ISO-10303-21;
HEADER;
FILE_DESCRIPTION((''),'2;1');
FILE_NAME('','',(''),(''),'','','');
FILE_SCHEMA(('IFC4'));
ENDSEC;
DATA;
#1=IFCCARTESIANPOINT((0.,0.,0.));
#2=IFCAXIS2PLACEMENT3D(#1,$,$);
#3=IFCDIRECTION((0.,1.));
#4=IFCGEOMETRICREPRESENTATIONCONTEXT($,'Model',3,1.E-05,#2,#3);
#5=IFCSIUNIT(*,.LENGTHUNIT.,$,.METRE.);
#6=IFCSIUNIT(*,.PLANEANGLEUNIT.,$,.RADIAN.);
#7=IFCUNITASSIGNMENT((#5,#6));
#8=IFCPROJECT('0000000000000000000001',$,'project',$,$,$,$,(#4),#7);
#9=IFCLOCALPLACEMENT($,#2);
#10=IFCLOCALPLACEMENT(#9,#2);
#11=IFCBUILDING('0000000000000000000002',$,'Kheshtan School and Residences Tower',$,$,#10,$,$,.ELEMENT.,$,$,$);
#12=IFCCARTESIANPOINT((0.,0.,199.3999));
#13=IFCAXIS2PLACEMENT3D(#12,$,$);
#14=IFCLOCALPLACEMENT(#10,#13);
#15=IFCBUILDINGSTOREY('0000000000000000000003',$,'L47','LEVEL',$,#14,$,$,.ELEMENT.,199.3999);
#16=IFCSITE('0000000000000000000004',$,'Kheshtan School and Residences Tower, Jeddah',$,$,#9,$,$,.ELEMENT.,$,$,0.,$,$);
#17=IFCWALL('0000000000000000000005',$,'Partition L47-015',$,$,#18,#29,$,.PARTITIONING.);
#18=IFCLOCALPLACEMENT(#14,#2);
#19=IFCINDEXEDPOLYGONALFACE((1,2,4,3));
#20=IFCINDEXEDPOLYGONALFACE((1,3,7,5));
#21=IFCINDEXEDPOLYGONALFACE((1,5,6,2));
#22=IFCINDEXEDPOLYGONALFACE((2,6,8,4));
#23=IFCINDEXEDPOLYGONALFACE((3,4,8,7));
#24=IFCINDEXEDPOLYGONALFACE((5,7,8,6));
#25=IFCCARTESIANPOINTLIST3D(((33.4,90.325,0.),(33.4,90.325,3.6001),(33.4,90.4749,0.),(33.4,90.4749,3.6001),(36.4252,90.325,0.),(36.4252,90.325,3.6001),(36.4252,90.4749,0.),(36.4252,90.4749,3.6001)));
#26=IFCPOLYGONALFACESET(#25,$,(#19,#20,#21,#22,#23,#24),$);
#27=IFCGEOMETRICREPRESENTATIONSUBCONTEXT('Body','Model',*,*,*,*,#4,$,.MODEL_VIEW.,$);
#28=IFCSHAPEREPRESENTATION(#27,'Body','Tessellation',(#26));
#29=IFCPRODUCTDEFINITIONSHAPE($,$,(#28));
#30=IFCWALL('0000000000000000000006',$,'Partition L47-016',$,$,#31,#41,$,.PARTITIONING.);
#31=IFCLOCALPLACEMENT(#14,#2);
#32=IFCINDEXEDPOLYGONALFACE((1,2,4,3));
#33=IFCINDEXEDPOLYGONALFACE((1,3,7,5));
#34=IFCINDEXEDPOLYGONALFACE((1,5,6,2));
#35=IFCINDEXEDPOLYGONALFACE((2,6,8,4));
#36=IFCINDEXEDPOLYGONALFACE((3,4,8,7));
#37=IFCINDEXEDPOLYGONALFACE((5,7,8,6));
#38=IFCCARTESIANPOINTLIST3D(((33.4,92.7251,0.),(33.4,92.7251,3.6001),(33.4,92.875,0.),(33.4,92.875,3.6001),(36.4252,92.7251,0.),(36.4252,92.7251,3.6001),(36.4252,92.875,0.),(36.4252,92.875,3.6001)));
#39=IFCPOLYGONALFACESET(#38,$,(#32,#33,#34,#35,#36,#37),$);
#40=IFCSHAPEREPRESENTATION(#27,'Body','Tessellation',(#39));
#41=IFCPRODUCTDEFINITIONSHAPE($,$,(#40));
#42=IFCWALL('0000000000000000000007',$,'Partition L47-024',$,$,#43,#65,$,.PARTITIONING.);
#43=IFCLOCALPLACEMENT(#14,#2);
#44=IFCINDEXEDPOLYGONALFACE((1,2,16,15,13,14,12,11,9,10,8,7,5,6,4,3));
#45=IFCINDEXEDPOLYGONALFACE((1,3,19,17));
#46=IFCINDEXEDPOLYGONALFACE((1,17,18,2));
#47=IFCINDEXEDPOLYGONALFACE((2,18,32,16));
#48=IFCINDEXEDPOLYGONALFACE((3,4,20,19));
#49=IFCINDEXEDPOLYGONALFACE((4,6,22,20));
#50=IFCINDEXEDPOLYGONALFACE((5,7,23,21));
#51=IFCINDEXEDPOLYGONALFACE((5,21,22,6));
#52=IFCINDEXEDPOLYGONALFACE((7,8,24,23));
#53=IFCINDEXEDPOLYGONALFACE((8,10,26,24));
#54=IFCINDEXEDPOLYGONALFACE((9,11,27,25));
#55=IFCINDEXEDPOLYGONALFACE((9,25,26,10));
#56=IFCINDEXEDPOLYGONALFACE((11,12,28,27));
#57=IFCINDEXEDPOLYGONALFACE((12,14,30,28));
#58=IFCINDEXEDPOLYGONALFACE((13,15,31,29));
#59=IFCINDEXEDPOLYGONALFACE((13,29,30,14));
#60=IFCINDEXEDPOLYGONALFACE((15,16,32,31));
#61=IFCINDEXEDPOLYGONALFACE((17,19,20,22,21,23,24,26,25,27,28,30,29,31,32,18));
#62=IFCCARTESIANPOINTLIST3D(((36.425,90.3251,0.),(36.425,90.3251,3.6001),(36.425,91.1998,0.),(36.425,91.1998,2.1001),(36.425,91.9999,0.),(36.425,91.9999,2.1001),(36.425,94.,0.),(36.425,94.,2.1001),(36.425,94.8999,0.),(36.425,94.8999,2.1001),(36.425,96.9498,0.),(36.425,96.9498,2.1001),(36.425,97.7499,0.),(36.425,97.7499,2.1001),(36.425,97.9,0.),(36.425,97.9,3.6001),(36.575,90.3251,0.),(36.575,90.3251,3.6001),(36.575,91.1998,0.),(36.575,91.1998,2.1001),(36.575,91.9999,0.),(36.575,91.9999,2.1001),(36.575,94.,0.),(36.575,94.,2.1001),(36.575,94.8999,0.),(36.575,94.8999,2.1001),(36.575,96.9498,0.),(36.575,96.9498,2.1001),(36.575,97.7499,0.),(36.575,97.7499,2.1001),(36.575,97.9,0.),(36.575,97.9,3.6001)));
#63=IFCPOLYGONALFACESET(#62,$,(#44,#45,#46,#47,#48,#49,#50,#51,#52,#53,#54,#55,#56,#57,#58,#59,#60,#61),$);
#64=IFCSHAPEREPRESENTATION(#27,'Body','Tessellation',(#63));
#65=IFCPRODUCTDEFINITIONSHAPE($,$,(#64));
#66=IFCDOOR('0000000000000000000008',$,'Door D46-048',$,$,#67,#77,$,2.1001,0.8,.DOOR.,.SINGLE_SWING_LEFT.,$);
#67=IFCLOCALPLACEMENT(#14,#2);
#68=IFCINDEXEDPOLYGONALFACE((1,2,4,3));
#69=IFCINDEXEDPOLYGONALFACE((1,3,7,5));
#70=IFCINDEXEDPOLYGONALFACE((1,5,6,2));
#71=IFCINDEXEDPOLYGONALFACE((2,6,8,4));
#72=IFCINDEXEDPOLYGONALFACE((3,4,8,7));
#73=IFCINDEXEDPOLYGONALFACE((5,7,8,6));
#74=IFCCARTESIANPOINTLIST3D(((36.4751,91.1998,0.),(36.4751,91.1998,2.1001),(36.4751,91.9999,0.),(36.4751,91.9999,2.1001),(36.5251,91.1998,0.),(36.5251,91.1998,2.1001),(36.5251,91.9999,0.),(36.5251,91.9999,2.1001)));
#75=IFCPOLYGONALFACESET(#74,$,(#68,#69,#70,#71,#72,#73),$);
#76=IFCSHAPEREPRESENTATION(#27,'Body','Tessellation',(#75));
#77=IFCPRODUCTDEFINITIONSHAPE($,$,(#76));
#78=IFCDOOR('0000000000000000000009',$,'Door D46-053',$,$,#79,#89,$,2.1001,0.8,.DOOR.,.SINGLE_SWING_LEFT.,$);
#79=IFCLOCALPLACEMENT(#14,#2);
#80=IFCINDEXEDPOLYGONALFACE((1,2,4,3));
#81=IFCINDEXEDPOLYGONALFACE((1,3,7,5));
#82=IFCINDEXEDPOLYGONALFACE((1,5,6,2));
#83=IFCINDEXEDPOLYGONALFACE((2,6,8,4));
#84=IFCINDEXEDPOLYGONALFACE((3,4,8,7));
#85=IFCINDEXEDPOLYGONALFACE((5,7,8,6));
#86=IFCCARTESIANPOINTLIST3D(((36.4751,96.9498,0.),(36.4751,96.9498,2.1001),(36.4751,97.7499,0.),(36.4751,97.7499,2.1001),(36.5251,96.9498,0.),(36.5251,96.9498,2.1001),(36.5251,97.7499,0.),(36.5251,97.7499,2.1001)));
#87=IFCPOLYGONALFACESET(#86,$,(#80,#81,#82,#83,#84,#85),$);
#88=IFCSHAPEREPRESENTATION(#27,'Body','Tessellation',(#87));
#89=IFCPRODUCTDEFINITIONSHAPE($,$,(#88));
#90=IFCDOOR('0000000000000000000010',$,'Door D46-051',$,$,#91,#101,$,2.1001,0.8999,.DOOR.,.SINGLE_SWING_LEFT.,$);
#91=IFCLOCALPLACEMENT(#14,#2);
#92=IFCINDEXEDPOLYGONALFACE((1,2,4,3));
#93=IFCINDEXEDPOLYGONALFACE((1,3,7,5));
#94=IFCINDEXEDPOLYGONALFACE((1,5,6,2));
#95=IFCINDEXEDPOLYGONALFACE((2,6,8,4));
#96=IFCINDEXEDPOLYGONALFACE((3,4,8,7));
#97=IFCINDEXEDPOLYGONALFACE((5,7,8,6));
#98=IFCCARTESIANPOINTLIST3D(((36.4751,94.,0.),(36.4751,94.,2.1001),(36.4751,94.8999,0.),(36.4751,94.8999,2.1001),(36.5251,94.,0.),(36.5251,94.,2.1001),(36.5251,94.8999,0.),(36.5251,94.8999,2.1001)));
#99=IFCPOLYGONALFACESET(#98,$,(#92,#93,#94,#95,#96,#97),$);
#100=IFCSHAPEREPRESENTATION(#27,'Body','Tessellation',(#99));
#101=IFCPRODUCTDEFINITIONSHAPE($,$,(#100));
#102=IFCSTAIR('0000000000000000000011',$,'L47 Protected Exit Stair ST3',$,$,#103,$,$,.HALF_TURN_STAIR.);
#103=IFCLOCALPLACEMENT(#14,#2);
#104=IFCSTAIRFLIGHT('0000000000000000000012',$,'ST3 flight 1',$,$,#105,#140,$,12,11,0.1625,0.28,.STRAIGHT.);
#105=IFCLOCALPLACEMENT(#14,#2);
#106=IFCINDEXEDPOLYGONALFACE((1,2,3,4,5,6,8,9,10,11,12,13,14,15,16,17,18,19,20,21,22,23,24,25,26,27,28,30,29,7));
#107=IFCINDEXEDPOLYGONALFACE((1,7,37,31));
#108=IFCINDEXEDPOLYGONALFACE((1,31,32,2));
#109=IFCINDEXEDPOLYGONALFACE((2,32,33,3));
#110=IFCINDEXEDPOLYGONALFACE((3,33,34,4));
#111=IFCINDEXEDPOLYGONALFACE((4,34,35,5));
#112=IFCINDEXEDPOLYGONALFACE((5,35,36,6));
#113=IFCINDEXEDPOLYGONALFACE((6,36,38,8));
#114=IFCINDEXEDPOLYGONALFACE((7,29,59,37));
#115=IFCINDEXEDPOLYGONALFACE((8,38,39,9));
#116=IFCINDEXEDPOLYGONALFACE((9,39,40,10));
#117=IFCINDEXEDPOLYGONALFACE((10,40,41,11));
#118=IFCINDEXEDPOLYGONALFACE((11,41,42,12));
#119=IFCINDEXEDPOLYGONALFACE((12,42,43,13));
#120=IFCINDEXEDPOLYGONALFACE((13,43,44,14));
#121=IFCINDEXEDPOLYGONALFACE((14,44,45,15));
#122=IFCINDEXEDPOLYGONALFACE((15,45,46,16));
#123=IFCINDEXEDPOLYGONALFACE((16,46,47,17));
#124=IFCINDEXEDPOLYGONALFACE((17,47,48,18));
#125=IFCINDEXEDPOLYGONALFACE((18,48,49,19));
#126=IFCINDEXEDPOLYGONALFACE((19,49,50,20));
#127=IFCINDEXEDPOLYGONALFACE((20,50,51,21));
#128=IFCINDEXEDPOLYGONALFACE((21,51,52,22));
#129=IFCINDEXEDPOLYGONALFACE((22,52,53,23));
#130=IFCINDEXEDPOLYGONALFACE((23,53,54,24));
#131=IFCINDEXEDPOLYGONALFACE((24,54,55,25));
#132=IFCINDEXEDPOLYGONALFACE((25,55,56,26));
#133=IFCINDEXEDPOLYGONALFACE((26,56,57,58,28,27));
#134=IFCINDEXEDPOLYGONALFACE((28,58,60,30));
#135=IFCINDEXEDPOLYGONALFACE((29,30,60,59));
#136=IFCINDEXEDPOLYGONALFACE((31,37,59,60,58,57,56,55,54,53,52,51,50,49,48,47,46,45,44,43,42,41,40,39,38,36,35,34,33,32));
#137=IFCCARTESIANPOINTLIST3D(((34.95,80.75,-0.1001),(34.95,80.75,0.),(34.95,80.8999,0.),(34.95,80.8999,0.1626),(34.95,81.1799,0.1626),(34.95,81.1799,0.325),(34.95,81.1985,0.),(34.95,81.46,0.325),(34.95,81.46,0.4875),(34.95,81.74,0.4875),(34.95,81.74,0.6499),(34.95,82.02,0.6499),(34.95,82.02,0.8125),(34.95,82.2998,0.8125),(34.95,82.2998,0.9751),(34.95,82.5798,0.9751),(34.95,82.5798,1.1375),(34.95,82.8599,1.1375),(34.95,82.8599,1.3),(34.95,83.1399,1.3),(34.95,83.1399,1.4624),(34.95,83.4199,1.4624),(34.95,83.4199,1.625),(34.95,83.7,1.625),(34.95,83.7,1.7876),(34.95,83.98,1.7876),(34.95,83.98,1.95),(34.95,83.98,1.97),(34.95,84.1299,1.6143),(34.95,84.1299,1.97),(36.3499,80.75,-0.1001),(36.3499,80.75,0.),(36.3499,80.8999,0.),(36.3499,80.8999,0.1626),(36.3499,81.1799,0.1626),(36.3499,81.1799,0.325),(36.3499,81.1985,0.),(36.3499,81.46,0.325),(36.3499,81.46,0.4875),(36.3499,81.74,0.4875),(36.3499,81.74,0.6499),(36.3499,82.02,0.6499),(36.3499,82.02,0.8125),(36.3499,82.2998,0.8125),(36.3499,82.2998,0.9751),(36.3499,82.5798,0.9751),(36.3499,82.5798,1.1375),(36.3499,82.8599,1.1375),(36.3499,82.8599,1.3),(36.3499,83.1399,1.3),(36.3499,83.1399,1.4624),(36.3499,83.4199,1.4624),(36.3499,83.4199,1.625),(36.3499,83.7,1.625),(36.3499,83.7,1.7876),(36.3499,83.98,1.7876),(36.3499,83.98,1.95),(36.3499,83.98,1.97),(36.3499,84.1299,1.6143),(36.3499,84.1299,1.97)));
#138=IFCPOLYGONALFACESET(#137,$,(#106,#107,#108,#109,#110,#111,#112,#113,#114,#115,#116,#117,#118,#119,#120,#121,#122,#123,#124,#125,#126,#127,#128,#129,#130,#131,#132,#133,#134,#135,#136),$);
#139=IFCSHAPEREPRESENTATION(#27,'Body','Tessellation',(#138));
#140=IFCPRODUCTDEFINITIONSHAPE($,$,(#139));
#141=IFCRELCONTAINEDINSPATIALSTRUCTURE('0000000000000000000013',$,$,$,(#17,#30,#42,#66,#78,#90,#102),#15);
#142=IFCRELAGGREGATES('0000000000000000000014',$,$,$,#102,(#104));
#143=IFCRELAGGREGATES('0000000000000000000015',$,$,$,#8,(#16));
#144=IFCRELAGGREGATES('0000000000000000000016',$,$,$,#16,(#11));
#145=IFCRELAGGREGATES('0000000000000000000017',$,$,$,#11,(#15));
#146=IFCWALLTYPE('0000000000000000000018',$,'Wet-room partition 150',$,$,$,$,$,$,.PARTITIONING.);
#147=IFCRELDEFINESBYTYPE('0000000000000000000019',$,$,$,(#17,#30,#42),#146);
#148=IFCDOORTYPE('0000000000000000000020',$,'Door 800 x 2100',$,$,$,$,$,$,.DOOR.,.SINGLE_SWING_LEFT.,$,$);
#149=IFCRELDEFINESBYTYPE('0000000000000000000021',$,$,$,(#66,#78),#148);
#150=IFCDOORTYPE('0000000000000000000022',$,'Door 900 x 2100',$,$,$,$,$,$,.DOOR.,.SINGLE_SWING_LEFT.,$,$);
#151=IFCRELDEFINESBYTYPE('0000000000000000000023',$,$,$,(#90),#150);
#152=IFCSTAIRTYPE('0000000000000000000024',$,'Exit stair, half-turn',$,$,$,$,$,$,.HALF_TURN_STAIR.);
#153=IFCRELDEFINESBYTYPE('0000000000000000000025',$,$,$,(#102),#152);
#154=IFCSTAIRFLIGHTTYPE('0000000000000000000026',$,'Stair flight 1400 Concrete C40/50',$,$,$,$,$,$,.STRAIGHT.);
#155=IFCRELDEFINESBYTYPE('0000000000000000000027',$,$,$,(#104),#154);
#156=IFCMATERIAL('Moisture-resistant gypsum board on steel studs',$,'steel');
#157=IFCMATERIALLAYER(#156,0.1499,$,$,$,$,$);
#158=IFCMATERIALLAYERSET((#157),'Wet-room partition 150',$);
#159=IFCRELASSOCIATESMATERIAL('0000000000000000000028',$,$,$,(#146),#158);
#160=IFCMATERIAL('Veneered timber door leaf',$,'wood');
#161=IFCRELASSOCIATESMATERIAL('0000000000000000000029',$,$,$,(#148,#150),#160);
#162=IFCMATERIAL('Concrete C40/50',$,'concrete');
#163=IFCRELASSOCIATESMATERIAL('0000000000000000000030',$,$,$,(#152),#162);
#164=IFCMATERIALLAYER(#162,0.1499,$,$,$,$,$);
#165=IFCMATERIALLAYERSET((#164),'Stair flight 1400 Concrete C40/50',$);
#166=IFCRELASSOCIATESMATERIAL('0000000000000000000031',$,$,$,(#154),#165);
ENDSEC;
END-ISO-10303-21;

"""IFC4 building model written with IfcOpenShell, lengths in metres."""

from ifc_helpers import new_model, si_unit, direction, frame, frame_2d, origin, place, context, subcontext, project, spatial, polyline, rectangle, outline, extrude, source, transform, mapped, material, layer, layer_set, type_object, element, fill, aggregate, save


model = new_model("IFC4")

# Units and contexts
model_context = context("Model", 3, precision=1e-05, world=origin(), true_north=direction((0.0, 1.0)))
body_context = subcontext(model_context, "Body", "Model", "MODEL_VIEW")
ifc_project = project(units=[si_unit("LENGTHUNIT", "METRE"), si_unit("PLANEANGLEUNIT", "RADIAN")], contexts=[model_context])

# Site, building, storey
site_placement = place(None, origin())
site = spatial("IfcSite", under=ifc_project, at=site_placement, Name="Kheshtan School and Residences Tower, Jeddah", CompositionType="ELEMENT", RefElevation=0.0)
building_placement = place(site_placement, origin())
building = spatial("IfcBuilding", under=site, at=building_placement, Name="Kheshtan School and Residences Tower", CompositionType="ELEMENT")
storey_placement = place(building_placement, frame((0.0, 0.0, 199.3999)))
storey = spatial("IfcBuildingStorey", under=building, at=storey_placement, Name="L47", Description="LEVEL", CompositionType="ELEMENT", Elevation=199.3999)

# Walls
ifc_material_1 = material(Name="Concrete C40/50", Category="concrete")
ifc_material_2 = material(Name="Moisture-resistant gypsum board on steel studs", Category="steel")
ifc_layer_1 = layer(ifc_material_2, 0.1499)
ifc_layer_set_1 = layer_set([ifc_layer_1], Name="Wet-room partition 150")
wall_type_1 = type_object("IfcWallType", Name="Wet-room partition 150", PredefinedType="PARTITIONING", material=ifc_layer_set_1)
for number, where, z_axis, x_axis, name in (
    (1, (33.3999, 90.3999, 0.0), (0.0, 0.0, 1.0), (1.0, 0.0, 0.0), "Partition L47-015"),
    (2, (33.3999, 92.8, 0.0), (0.0, 0.0, 1.0), (1.0, 0.0, 0.0), "Partition L47-016"),
):
    element("IfcWall", number, at=place(storey_placement, frame(where, z_axis=z_axis, x_axis=x_axis)), inside=storey, type_object=wall_type_1, Name=name, PredefinedType="PARTITIONING", context=body_context, shape_type="SweptSolid", body=[
        extrude(rectangle(XDim=3.0251, YDim=0.1499, at=frame_2d((1.5127, 0.0))), origin(), (0.0, 0.0, 1.0), 3.6001),
    ])

# Wall, openings, doors
wall_1_placement = place(storey_placement, frame((36.5, 90.325, 0.0), z_axis=(0.0, 0.0, 1.0), x_axis=(0.0, 1.0, 0.0)))
wall_1 = element("IfcWall", 3, at=wall_1_placement, inside=storey, type_object=wall_type_1, Name="Partition L47-024", PredefinedType="PARTITIONING", context=body_context, shape_type="SweptSolid", body=[
    extrude(rectangle(XDim=7.575, YDim=0.1499, at=frame_2d((3.7876, 0.0))), origin(), (0.0, 0.0, 1.0), 3.6001),
])
opening_1_placement = place(wall_1_placement, frame((0.875, 0.0, 0.0)))
opening_1 = element("IfcOpeningElement", 4, at=opening_1_placement, cuts=wall_1, PredefinedType="OPENING", context=body_context, shape_type="SweptSolid", body=[
    extrude(rectangle(XDim=0.8, YDim=2.1001, at=frame_2d((0.3999, 1.05))), frame((0.0, 0.085, 0.0), z_axis=(0.0, -1.0, 0.0), x_axis=(1.0, 0.0, 0.0)), (0.0, 0.0, 1.0), 0.1699),
])
opening_2_placement = place(wall_1_placement, frame((3.675, 0.0, 0.0)))
opening_2 = element("IfcOpeningElement", 5, at=opening_2_placement, cuts=wall_1, PredefinedType="OPENING", context=body_context, shape_type="SweptSolid", body=[
    extrude(rectangle(XDim=0.8999, YDim=2.1001, at=frame_2d((0.45, 1.05))), frame((0.0, 0.085, 0.0), z_axis=(0.0, -1.0, 0.0), x_axis=(1.0, 0.0, 0.0)), (0.0, 0.0, 1.0), 0.1699),
])
opening_3_placement = place(wall_1_placement, frame((6.625, 0.0, 0.0)))
opening_3 = element("IfcOpeningElement", 6, at=opening_3_placement, cuts=wall_1, PredefinedType="OPENING", context=body_context, shape_type="SweptSolid", body=[
    extrude(rectangle(XDim=0.8, YDim=2.1001, at=frame_2d((0.3999, 1.05))), frame((0.0, 0.085, 0.0), z_axis=(0.0, -1.0, 0.0), x_axis=(1.0, 0.0, 0.0)), (0.0, 0.0, 1.0), 0.1699),
])
ifc_material_3 = material(Name="Veneered timber door leaf", Category="wood")
door_type_1 = type_object("IfcDoorType", Name="Door 800 x 2100", OperationType="SINGLE_SWING_LEFT", PredefinedType="DOOR", material=ifc_material_3)
shared_shape_1 = source(origin(), body_context, "Body", "SweptSolid", [
    extrude(rectangle(XDim=0.8, YDim=2.1001, at=frame_2d((0.3999, 1.05))), frame((0.0, 0.0249, 0.0), z_axis=(0.0, -1.0, 0.0), x_axis=(1.0, 0.0, 0.0)), (0.0, 0.0, 1.0), 0.05),
])
door_1_placement = place(opening_1_placement, origin())
door_1 = element("IfcDoor", 7, at=door_1_placement, inside=storey, type_object=door_type_1, Name="Door D46-048", OperationType="SINGLE_SWING_LEFT", OverallHeight=2.1001, OverallWidth=0.8, PredefinedType="DOOR", context=body_context, shape_type="MappedRepresentation", body=[
    mapped(shared_shape_1, transform((0.0, 0.0, 0.0), x_axis=(1.0, 0.0, 0.0), y_axis=(0.0, 1.0, 0.0), z_axis=(0.0, 0.0, 1.0), scale=1.0)),
])
fill(opening_1, door_1)
door_2_placement = place(opening_3_placement, origin())
door_2 = element("IfcDoor", 8, at=door_2_placement, inside=storey, type_object=door_type_1, Name="Door D46-053", OperationType="SINGLE_SWING_LEFT", OverallHeight=2.1001, OverallWidth=0.8, PredefinedType="DOOR", context=body_context, shape_type="MappedRepresentation", body=[
    mapped(shared_shape_1, transform((0.0, 0.0, 0.0), x_axis=(1.0, 0.0, 0.0), y_axis=(0.0, 1.0, 0.0), z_axis=(0.0, 0.0, 1.0), scale=1.0)),
])
fill(opening_3, door_2)
door_type_2 = type_object("IfcDoorType", Name="Door 900 x 2100", OperationType="SINGLE_SWING_LEFT", PredefinedType="DOOR", material=ifc_material_3)
shared_shape_2 = source(origin(), body_context, "Body", "SweptSolid", [
    extrude(rectangle(XDim=0.8999, YDim=2.1001, at=frame_2d((0.45, 1.05))), frame((0.0, 0.0249, 0.0), z_axis=(0.0, -1.0, 0.0), x_axis=(1.0, 0.0, 0.0)), (0.0, 0.0, 1.0), 0.05),
])
door_3_placement = place(opening_2_placement, origin())
door_3 = element("IfcDoor", 9, at=door_3_placement, inside=storey, type_object=door_type_2, Name="Door D46-051", OperationType="SINGLE_SWING_LEFT", OverallHeight=2.1001, OverallWidth=0.8999, PredefinedType="DOOR", context=body_context, shape_type="MappedRepresentation", body=[
    mapped(shared_shape_2, transform((0.0, 0.0, 0.0), x_axis=(1.0, 0.0, 0.0), y_axis=(0.0, 1.0, 0.0), z_axis=(0.0, 0.0, 1.0), scale=1.0)),
])
fill(opening_2, door_3)

# Stair, stair flight
stair_type = type_object("IfcStairType", Name="Exit stair, half-turn", PredefinedType="HALF_TURN_STAIR", material=ifc_material_1)
stair_placement = place(storey_placement, origin())
stair = element("IfcStair", 10, at=stair_placement, inside=storey, type_object=stair_type, Name="L47 Protected Exit Stair ST3", PredefinedType="HALF_TURN_STAIR")
ifc_layer_2 = layer(ifc_material_1, 0.1499)
ifc_layer_set_2 = layer_set([ifc_layer_2], Name="Stair flight 1400 Concrete C40/50")
stair_flight_type = type_object("IfcStairFlightType", Name="Stair flight 1400 Concrete C40/50", PredefinedType="STRAIGHT", material=ifc_layer_set_2)
stair_flight_1_placement = place(storey_placement, frame((35.6499, 80.8999, 0.0), z_axis=(0.0, 0.0, 1.0), x_axis=(0.0, 1.0, 0.0)))
stair_flight_1 = element("IfcStairFlight", 11, at=stair_flight_1_placement, type_object=stair_flight_type, Name="ST3 flight 1", NumberOfRisers=12, NumberOfTreads=11, PredefinedType="STRAIGHT", RiserHeight=0.1625, TreadLength=0.28, context=body_context, shape_type="SweptSolid", body=[
    extrude(outline(polyline([(-0.1499, -0.1001), (-0.1499, 0.0), (0.0, 0.0), (0.0, 0.1626), (0.28, 0.1626), (0.28, 0.325), (0.5601, 0.325), (0.5601, 0.4875), (0.8401, 0.4875), (0.8401, 0.6499), (1.1201, 0.6499), (1.1201, 0.8125), (1.3999, 0.8125), (1.3999, 0.9751), (1.6799, 0.9751), (1.6799, 1.1375), (1.96, 1.1375), (1.96, 1.3), (2.24, 1.3), (2.24, 1.4624), (2.52, 1.4624), (2.52, 1.625), (2.8, 1.625), (2.8, 1.7876), (3.0801, 1.7876), (3.0801, 1.95), (3.0801, 1.97), (3.23, 1.97), (3.23, 1.6143), (0.2986, 0.0), (-0.1499, -0.1001)])), frame((0.0, 0.7, 0.0), z_axis=(0.0, -1.0, 0.0), x_axis=(1.0, 0.0, 0.0)), (0.0, 0.0, 1.0), 1.3999),
])
aggregate(stair, [stair_flight_1])

save(model, "model.ifc")
